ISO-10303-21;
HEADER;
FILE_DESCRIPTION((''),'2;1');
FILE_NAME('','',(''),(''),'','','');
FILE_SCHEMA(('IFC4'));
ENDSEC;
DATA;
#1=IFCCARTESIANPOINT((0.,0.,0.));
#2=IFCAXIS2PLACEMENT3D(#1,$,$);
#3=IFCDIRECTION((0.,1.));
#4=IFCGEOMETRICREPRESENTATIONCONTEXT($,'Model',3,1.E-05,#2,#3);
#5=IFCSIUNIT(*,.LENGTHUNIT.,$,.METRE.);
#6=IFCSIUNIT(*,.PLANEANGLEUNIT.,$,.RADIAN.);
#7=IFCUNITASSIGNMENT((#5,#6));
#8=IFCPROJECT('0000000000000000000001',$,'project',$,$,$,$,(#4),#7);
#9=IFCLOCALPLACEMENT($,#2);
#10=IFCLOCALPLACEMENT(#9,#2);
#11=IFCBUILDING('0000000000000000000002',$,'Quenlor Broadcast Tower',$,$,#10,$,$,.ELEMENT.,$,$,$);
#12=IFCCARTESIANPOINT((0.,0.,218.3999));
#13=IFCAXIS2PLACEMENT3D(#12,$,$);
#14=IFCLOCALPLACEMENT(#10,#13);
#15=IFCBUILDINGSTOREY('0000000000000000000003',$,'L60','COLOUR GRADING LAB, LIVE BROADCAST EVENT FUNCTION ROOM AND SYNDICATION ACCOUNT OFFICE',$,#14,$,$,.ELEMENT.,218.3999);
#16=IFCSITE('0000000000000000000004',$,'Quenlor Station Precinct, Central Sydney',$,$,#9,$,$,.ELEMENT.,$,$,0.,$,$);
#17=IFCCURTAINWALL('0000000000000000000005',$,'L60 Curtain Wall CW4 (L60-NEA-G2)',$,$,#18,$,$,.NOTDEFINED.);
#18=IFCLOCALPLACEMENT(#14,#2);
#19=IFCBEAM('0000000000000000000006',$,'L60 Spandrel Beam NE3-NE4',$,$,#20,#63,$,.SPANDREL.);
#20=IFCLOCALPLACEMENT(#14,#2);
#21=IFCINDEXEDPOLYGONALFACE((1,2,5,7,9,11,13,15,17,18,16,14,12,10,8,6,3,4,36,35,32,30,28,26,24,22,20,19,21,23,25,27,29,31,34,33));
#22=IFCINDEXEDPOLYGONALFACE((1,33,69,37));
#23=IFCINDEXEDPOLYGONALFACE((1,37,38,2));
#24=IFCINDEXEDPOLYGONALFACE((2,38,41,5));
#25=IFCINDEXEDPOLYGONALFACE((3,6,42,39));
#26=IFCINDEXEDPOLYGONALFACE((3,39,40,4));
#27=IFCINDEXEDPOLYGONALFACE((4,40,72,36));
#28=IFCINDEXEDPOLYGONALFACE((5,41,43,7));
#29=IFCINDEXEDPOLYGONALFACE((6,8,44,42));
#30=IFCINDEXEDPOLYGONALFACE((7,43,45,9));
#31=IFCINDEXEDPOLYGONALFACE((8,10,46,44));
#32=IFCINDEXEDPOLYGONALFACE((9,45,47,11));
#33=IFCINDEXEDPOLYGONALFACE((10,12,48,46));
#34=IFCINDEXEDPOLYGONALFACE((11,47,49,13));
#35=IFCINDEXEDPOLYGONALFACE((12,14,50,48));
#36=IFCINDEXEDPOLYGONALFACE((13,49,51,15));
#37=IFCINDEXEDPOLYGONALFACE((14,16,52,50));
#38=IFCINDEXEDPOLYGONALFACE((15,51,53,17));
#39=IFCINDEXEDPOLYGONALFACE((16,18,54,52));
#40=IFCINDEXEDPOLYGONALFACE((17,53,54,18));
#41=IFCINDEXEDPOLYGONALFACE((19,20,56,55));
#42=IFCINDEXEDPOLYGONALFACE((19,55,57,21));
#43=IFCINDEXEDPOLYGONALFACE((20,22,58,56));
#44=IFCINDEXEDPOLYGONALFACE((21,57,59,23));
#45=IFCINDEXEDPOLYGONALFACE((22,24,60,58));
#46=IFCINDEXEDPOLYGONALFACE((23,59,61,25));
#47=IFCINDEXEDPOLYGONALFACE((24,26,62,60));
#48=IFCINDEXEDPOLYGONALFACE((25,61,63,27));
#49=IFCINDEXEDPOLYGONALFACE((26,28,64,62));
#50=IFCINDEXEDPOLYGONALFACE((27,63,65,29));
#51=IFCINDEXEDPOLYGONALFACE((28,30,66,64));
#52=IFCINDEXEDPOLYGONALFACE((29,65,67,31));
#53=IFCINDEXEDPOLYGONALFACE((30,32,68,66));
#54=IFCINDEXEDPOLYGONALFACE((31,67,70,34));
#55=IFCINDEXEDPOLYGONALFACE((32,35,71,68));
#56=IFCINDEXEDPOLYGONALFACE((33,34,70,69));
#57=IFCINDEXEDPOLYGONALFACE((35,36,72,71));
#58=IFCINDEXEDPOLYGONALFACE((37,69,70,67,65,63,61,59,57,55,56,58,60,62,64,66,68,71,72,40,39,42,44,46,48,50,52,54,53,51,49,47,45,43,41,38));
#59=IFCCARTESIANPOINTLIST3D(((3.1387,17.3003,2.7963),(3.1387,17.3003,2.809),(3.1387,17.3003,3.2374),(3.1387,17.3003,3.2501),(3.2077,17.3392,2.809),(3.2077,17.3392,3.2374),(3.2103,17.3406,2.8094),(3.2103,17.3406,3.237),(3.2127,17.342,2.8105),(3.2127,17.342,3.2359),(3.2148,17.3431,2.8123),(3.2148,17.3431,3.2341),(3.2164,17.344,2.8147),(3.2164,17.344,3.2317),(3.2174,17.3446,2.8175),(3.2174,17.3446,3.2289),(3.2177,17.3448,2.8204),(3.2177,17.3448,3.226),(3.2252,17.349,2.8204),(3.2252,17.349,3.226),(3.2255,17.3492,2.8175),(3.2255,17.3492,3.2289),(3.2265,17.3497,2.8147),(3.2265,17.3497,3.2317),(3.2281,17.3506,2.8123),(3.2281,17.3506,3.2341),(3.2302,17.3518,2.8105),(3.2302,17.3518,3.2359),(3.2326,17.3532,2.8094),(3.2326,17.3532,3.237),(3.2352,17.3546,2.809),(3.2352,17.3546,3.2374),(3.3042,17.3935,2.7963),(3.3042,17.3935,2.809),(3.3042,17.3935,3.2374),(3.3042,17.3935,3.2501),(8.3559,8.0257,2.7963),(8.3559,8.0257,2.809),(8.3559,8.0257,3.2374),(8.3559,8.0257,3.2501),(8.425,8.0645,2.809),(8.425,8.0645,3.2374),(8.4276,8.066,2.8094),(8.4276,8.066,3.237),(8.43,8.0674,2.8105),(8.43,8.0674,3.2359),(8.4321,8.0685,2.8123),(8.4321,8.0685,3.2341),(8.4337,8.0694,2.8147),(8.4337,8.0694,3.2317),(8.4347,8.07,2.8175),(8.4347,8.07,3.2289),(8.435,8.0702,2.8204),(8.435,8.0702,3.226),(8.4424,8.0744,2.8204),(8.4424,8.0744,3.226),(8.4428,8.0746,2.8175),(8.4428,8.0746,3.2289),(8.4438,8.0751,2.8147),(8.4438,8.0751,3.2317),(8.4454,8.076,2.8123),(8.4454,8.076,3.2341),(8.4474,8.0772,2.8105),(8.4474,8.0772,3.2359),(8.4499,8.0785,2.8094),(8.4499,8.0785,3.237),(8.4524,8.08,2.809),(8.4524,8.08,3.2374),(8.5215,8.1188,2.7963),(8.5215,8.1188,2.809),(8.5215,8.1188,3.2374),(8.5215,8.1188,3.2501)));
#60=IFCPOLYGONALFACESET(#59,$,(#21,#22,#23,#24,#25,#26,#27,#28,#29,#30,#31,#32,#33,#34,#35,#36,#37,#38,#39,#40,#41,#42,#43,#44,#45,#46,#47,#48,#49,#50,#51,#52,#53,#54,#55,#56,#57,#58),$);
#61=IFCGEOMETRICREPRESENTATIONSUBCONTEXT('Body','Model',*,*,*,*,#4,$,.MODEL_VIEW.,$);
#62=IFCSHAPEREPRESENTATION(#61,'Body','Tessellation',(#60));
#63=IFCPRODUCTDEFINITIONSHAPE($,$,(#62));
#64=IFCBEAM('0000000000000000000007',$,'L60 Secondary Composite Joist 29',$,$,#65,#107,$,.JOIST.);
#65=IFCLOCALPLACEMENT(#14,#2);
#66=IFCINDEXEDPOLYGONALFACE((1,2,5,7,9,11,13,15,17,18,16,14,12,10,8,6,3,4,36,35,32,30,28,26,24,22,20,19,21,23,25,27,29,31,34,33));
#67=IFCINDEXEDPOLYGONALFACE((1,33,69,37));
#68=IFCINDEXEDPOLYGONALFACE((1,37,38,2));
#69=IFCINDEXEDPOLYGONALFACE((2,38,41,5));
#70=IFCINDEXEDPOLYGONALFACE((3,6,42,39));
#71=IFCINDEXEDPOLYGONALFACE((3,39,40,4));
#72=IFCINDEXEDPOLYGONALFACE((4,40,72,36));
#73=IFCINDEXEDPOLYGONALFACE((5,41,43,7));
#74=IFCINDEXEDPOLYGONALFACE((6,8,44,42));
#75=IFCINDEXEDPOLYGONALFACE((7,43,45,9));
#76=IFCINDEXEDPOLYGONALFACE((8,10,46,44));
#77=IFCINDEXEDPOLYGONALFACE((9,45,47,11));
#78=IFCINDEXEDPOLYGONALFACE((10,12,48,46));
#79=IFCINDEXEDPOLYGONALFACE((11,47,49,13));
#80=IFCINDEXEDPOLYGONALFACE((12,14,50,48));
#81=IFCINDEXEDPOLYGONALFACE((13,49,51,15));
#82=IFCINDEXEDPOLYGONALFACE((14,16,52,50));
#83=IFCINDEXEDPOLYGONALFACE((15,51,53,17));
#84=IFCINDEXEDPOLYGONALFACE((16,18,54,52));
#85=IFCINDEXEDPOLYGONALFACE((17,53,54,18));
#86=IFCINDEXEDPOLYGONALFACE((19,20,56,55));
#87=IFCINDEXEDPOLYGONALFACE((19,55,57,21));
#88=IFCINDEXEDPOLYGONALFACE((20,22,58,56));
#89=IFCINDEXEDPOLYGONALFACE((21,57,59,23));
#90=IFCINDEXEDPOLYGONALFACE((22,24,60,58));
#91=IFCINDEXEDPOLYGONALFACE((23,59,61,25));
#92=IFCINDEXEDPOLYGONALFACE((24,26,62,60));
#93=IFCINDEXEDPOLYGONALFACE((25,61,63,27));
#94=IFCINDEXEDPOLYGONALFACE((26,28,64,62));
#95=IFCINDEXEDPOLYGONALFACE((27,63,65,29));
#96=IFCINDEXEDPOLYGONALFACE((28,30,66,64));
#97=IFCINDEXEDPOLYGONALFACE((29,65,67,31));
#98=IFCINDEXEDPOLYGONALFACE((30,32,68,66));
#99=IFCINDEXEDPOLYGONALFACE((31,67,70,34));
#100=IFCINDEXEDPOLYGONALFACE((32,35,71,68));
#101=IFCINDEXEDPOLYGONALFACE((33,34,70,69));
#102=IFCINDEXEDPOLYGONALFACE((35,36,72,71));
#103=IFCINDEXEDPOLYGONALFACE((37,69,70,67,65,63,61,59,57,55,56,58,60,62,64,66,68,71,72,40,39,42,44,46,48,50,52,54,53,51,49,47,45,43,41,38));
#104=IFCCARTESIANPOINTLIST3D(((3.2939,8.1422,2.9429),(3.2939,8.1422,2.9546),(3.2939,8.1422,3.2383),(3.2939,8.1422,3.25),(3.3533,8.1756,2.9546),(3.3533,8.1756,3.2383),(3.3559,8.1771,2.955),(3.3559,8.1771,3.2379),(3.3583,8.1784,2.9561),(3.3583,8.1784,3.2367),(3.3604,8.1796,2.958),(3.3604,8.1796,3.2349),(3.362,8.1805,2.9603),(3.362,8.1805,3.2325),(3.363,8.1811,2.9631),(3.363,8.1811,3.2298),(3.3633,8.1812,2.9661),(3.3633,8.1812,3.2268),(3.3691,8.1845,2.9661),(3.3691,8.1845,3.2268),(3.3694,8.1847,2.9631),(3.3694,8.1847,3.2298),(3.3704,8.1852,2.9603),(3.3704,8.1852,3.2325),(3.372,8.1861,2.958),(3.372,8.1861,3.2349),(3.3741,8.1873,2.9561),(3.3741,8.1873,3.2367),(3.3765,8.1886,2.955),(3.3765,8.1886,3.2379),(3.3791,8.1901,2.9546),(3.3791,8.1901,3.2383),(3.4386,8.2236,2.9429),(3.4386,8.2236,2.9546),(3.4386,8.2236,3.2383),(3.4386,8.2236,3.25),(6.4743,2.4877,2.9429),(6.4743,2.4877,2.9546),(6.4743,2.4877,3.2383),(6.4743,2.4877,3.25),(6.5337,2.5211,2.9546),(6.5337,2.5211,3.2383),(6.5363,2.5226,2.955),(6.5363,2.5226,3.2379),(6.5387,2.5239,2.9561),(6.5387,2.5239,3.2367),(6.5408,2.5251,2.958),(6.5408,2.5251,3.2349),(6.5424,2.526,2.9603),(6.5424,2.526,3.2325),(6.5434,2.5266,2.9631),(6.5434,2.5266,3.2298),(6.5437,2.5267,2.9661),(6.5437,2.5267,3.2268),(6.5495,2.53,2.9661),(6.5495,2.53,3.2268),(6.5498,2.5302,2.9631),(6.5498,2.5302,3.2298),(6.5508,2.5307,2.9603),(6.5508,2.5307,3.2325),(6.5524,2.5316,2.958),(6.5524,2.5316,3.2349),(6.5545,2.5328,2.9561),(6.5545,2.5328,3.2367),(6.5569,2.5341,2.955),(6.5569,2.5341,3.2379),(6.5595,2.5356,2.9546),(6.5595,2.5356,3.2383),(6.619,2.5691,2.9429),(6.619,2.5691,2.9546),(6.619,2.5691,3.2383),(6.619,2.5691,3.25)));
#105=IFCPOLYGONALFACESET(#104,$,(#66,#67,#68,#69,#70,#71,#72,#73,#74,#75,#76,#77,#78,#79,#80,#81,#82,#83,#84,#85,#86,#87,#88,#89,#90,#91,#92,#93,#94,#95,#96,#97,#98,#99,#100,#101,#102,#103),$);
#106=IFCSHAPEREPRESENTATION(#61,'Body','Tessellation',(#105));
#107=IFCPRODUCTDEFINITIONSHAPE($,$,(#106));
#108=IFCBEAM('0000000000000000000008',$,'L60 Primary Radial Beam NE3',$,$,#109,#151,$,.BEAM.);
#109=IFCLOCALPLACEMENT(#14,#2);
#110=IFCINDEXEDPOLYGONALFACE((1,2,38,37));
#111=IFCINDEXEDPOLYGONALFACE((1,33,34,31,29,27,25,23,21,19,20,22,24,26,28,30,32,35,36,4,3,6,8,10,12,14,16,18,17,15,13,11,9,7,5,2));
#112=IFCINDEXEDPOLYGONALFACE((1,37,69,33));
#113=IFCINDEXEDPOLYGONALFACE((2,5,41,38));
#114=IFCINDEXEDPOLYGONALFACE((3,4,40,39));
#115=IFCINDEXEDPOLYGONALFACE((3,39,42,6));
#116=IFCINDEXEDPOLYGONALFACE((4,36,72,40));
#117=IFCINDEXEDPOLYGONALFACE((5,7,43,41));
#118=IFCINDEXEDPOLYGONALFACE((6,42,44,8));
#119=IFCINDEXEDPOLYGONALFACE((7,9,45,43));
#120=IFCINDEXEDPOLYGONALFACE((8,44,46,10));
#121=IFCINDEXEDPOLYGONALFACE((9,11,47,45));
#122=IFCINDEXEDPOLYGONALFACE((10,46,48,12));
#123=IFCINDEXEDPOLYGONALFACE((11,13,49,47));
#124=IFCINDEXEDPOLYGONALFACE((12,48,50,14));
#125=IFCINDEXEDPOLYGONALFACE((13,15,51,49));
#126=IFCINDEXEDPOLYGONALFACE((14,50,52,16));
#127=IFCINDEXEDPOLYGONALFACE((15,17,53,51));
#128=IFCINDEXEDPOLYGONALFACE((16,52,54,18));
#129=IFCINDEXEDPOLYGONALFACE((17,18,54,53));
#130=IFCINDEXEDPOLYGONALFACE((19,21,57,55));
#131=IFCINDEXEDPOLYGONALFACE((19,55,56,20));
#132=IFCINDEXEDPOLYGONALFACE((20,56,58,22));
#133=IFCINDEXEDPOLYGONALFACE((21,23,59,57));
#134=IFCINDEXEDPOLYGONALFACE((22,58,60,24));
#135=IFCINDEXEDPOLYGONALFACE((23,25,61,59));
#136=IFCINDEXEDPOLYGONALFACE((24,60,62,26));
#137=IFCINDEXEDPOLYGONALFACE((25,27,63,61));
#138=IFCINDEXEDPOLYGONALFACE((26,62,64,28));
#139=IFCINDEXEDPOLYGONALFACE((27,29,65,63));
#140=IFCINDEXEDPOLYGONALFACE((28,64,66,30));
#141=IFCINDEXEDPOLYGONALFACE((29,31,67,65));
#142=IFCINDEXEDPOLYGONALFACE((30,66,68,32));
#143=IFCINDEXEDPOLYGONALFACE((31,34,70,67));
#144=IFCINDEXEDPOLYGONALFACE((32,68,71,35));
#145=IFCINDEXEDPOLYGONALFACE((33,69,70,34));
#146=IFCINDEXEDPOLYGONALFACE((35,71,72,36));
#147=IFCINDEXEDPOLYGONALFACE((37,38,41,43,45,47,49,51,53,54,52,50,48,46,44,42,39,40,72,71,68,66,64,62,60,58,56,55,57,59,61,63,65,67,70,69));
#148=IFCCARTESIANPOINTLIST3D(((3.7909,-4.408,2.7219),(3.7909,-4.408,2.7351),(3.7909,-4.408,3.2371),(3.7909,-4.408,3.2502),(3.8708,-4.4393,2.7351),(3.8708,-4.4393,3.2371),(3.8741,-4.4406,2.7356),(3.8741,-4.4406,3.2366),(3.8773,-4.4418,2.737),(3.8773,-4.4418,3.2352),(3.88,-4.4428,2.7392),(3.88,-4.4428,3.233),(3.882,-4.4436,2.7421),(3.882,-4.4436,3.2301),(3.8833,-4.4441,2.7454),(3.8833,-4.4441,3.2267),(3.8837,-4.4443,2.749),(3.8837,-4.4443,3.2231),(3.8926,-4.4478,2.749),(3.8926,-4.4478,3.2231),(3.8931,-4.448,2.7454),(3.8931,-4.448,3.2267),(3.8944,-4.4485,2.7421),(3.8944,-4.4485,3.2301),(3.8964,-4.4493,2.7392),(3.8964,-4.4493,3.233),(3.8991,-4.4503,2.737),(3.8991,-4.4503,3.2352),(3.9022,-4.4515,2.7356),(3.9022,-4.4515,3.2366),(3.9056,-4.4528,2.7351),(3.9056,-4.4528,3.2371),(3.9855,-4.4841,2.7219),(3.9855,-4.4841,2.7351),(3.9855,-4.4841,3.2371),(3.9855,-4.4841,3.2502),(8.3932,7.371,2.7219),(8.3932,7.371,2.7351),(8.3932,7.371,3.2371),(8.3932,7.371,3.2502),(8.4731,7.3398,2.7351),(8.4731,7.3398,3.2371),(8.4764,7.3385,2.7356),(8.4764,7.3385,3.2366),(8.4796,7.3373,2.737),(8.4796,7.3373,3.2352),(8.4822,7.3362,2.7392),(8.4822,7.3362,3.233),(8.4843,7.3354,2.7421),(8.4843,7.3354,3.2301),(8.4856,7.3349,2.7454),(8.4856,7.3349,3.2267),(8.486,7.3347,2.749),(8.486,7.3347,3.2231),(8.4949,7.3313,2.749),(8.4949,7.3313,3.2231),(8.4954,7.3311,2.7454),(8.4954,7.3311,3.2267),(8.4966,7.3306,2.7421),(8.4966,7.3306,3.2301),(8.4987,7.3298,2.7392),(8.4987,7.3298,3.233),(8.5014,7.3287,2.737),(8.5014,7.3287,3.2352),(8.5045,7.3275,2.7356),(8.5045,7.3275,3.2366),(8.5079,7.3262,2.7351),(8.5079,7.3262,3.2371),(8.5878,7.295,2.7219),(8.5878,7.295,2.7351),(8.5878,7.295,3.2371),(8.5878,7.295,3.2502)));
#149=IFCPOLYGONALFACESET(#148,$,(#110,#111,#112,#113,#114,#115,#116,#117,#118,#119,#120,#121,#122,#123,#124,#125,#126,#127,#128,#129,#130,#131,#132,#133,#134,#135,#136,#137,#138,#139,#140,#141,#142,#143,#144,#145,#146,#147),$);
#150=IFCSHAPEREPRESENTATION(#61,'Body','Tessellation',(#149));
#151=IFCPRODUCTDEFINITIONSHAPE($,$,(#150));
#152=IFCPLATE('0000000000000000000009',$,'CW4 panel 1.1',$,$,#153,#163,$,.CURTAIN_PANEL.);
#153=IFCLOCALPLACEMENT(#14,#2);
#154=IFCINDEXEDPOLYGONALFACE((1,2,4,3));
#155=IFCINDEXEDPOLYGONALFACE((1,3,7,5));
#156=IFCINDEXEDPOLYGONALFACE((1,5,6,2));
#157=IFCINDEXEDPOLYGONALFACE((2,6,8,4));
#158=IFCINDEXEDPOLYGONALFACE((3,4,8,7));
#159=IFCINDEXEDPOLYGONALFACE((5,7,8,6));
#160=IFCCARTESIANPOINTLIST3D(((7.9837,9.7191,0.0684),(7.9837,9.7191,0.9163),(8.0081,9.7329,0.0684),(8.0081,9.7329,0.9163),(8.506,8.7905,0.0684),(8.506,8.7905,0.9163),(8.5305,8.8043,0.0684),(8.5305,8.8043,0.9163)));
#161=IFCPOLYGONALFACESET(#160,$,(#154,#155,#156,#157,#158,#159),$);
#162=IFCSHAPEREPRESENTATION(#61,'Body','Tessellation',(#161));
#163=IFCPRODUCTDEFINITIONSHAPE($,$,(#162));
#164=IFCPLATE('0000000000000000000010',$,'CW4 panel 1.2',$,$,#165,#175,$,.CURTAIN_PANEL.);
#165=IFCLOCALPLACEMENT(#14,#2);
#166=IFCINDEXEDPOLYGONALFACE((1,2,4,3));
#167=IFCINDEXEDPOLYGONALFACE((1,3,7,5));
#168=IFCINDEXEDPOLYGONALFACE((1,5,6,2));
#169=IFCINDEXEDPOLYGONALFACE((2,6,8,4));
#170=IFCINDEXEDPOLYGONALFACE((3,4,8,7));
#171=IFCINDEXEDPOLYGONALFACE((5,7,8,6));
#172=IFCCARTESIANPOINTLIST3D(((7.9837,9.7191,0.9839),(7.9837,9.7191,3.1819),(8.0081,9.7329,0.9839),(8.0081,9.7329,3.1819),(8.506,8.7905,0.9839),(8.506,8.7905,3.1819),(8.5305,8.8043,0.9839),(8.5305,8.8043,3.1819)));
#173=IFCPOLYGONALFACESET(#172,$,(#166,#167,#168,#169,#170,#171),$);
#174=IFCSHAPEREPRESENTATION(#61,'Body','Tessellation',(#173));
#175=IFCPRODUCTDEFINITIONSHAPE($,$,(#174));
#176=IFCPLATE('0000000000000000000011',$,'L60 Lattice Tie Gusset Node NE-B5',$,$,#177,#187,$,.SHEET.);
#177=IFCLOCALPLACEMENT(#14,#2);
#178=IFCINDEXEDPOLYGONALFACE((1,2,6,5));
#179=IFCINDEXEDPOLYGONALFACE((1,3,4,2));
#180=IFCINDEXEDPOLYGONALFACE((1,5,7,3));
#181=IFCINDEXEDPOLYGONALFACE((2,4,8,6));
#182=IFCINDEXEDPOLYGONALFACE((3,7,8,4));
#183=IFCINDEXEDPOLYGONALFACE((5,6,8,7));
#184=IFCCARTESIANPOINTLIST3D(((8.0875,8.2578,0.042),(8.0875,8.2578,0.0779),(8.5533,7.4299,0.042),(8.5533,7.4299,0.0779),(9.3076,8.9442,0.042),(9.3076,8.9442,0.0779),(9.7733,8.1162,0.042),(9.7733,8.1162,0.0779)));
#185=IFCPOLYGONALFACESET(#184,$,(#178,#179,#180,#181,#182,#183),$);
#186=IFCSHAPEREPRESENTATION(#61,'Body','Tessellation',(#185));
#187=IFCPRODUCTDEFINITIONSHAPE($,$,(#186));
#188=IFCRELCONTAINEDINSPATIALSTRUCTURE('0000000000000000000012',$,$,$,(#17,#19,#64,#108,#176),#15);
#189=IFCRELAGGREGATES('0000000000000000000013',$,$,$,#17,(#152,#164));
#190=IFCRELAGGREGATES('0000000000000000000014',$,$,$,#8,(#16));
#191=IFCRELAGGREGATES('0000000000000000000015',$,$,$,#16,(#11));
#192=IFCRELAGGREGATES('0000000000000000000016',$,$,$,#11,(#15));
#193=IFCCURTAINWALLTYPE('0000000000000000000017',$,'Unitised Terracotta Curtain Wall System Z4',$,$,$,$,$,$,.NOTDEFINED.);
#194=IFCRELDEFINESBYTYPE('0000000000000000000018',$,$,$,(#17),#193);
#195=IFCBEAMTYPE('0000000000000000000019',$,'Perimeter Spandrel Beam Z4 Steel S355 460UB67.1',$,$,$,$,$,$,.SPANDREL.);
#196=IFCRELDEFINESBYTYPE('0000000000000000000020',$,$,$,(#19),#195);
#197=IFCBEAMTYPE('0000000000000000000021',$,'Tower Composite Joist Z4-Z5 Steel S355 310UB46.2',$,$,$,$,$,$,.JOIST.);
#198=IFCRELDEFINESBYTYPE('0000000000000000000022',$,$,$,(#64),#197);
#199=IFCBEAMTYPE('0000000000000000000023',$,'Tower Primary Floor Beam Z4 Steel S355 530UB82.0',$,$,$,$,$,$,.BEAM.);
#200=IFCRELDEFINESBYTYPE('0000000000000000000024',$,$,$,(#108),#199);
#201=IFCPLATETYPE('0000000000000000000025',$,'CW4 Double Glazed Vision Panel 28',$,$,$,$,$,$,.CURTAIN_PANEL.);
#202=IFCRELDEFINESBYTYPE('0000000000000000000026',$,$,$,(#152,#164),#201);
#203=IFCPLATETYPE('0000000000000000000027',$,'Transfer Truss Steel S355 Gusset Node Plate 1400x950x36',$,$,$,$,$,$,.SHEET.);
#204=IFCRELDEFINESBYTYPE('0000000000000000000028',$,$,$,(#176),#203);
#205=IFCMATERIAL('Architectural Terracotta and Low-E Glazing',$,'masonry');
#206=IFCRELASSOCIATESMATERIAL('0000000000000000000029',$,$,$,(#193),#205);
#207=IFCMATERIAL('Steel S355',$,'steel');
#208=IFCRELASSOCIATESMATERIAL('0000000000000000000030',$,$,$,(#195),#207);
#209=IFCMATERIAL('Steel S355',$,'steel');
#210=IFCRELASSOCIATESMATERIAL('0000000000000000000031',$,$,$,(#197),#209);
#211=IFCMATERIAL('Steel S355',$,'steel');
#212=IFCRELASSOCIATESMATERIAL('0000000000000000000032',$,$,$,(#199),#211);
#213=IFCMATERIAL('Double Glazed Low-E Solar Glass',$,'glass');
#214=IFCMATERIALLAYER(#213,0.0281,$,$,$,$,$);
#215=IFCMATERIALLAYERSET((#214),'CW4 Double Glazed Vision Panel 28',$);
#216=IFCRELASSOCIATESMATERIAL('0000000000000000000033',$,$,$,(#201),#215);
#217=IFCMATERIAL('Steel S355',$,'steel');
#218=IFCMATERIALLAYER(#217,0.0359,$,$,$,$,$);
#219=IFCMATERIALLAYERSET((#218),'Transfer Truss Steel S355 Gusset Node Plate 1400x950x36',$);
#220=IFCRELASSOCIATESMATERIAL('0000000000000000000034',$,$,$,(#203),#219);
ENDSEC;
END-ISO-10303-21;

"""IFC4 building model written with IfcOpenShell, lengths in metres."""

from ifc_helpers import new_model, si_unit, direction, frame, origin, origin_2d, place, context, subcontext, project, spatial, rectangle, i_section, extrude, material, layer, layer_set, material_profile, profile_set, type_object, element, aggregate, save


model = new_model("IFC4")

# Units and contexts
model_context = context("Model", 3, precision=1e-05, world=origin(), true_north=direction((0.0, 1.0)))
body_context = subcontext(model_context, "Body", "Model", "MODEL_VIEW")
ifc_project = project(units=[si_unit("LENGTHUNIT", "METRE"), si_unit("PLANEANGLEUNIT", "RADIAN")], contexts=[model_context])

# Site, building, storey
site_placement = place(None, origin())
site = spatial("IfcSite", under=ifc_project, at=site_placement, Name="Quenlor Station Precinct, Central Sydney", CompositionType="ELEMENT", RefElevation=0.0)
building_placement = place(site_placement, origin())
building = spatial("IfcBuilding", under=site, at=building_placement, Name="Quenlor Broadcast Tower", CompositionType="ELEMENT")
storey_placement = place(building_placement, frame((0.0, 0.0, 218.3999)))
storey = spatial("IfcBuildingStorey", under=building, at=storey_placement, Name="L60", Description="COLOUR GRADING LAB, LIVE BROADCAST EVENT FUNCTION ROOM AND SYNDICATION ACCOUNT OFFICE", CompositionType="ELEMENT", Elevation=218.3999)

# Curtain wall
ifc_material_1 = material(Name="Architectural Terracotta and Low-E Glazing", Category="masonry")
curtain_wall_type = type_object("IfcCurtainWallType", Name="Unitised Terracotta Curtain Wall System Z4", PredefinedType="NOTDEFINED", material=ifc_material_1)
curtain_wall_1_placement = place(storey_placement, origin())
curtain_wall_1 = element("IfcCurtainWall", 1, at=curtain_wall_1_placement, inside=storey, type_object=curtain_wall_type, Name="L60 Curtain Wall CW4 (L60-NEA-G2)", PredefinedType="NOTDEFINED")

# Beams
ifc_material_2 = material(Name="Steel S355", Category="steel")
ifc_material_profile_1 = material_profile(ifc_material_2, i_section(OverallWidth=0.1899, OverallDepth=0.4539, WebThickness=0.0085, FlangeThickness=0.0127, FilletRadius=0.0115, at=origin_2d()))
ifc_profile_set_1 = profile_set([ifc_material_profile_1], Name="Steel S355 460UB67.1")
beam_type_1 = type_object("IfcBeamType", Name="Perimeter Spandrel Beam Z4 Steel S355 460UB67.1", PredefinedType="SPANDREL", material=ifc_profile_set_1)
beam_1_placement = place(storey_placement, frame((8.4387, 8.0723, 3.0232), z_axis=(-0.490282, 0.871564, 0.0), x_axis=(-0.871564, -0.490282, 0.0)))
element("IfcBeam", 2, at=beam_1_placement, inside=storey, type_object=beam_type_1, Name="L60 Spandrel Beam NE3-NE4", PredefinedType="SPANDREL", context=body_context, shape_type="SweptSolid", body=[
    extrude(i_section(OverallWidth=0.1899, OverallDepth=0.4539, WebThickness=0.0085, FlangeThickness=0.0127, FilletRadius=0.0115, at=origin_2d()), origin(), (0.0, 0.0, 1.0), 10.6414),
])
ifc_material_3 = material(Name="Steel S355", Category="steel")
ifc_material_profile_2 = material_profile(ifc_material_3, i_section(OverallWidth=0.166, OverallDepth=0.3071, WebThickness=0.0066, FlangeThickness=0.0117, FilletRadius=0.0115, at=origin_2d()))
ifc_profile_set_2 = profile_set([ifc_material_profile_2], Name="Steel S355 310UB46.2")
beam_type_2 = type_object("IfcBeamType", Name="Tower Composite Joist Z4-Z5 Steel S355 310UB46.2", PredefinedType="JOIST", material=ifc_profile_set_2)
beam_2_placement = place(storey_placement, frame((3.3662, 8.1829, 3.0964), z_axis=(0.490231, -0.871593, 0.0), x_axis=(0.871593, 0.490231, 0.0)))
element("IfcBeam", 3, at=beam_2_placement, inside=storey, type_object=beam_type_2, Name="L60 Secondary Composite Joist 29", PredefinedType="JOIST", context=body_context, shape_type="SweptSolid", body=[
    extrude(i_section(OverallWidth=0.166, OverallDepth=0.3071, WebThickness=0.0066, FlangeThickness=0.0117, FilletRadius=0.0115, at=origin_2d()), origin(), (0.0, 0.0, 1.0), 6.4875),
])
ifc_material_4 = material(Name="Steel S355", Category="steel")
ifc_material_profile_3 = material_profile(ifc_material_4, i_section(OverallWidth=0.209, OverallDepth=0.5283, WebThickness=0.0095, FlangeThickness=0.0132, FilletRadius=0.0139, at=origin_2d()))
ifc_profile_set_3 = profile_set([ifc_material_profile_3], Name="Steel S355 530UB82.0")
beam_type_3 = type_object("IfcBeamType", Name="Tower Primary Floor Beam Z4 Steel S355 530UB82.0", PredefinedType="BEAM", material=ifc_profile_set_3)
beam_3_placement = place(storey_placement, frame((8.4905, 7.333, 2.9861), z_axis=(-0.363926, -0.931428, 0.0), x_axis=(0.931428, -0.363926, 0.0)))
element("IfcBeam", 4, at=beam_3_placement, inside=storey, type_object=beam_type_3, Name="L60 Primary Radial Beam NE3", PredefinedType="BEAM", context=body_context, shape_type="SweptSolid", body=[
    extrude(i_section(OverallWidth=0.209, OverallDepth=0.5283, WebThickness=0.0095, FlangeThickness=0.0132, FilletRadius=0.0139, at=origin_2d()), origin(), (0.0, 0.0, 1.0), 12.6462),
])

# Plates
ifc_material_5 = material(Name="Double Glazed Low-E Solar Glass", Category="glass")
ifc_layer_1 = layer(ifc_material_5, 0.0281)
ifc_layer_set_1 = layer_set([ifc_layer_1], Name="CW4 Double Glazed Vision Panel 28")
plate_type_1 = type_object("IfcPlateType", Name="CW4 Double Glazed Vision Panel 28", PredefinedType="CURTAIN_PANEL", material=ifc_layer_set_1)
plate_1_placement = place(storey_placement, frame((8.2571, 9.2617, 0.0684), z_axis=(0.0, 0.0, 1.0), x_axis=(0.490293, -0.871558, 0.0)))
plate_1 = element("IfcPlate", 5, at=plate_1_placement, type_object=plate_type_1, Name="CW4 panel 1.1", PredefinedType="CURTAIN_PANEL", context=body_context, shape_type="SweptSolid", body=[
    extrude(rectangle(XDim=1.0654, YDim=0.0281, at=origin_2d()), origin(), (0.0, 0.0, 1.0), 0.8479),
])
plate_2_placement = place(storey_placement, frame((8.2571, 9.2617, 0.9839), z_axis=(0.0, 0.0, 1.0), x_axis=(0.490293, -0.871558, 0.0)))
plate_2 = element("IfcPlate", 6, at=plate_2_placement, type_object=plate_type_1, Name="CW4 panel 1.2", PredefinedType="CURTAIN_PANEL", context=body_context, shape_type="SweptSolid", body=[
    extrude(rectangle(XDim=1.0654, YDim=0.0281, at=origin_2d()), origin(), (0.0, 0.0, 1.0), 2.198),
])
aggregate(curtain_wall_1, [plate_1, plate_2])

# Plate
ifc_material_6 = material(Name="Steel S355", Category="steel")
ifc_layer_2 = layer(ifc_material_6, 0.0359)
ifc_layer_set_2 = layer_set([ifc_layer_2], Name="Transfer Truss Steel S355 Gusset Node Plate 1400x950x36")
plate_type_2 = type_object("IfcPlateType", Name="Transfer Truss Steel S355 Gusset Node Plate 1400x950x36", PredefinedType="SHEET", material=ifc_layer_set_2)
for number, where, z_axis, x_axis, name in (
    (7, (8.9304, 8.187, 0.042), (0.0, 0.0, 1.0), (0.871556, 0.490295, 0.0), "L60 Lattice Tie Gusset Node NE-B5"),
):
    element("IfcPlate", number, at=place(storey_placement, frame(where, z_axis=z_axis, x_axis=x_axis)), inside=storey, type_object=plate_type_2, Name=name, PredefinedType="SHEET", context=body_context, shape_type="SweptSolid", body=[
        extrude(rectangle(XDim=1.3999, YDim=0.95, at=origin_2d()), origin(), (0.0, 0.0, 1.0), 0.0359),
    ])

save(model, "model.ifc")
